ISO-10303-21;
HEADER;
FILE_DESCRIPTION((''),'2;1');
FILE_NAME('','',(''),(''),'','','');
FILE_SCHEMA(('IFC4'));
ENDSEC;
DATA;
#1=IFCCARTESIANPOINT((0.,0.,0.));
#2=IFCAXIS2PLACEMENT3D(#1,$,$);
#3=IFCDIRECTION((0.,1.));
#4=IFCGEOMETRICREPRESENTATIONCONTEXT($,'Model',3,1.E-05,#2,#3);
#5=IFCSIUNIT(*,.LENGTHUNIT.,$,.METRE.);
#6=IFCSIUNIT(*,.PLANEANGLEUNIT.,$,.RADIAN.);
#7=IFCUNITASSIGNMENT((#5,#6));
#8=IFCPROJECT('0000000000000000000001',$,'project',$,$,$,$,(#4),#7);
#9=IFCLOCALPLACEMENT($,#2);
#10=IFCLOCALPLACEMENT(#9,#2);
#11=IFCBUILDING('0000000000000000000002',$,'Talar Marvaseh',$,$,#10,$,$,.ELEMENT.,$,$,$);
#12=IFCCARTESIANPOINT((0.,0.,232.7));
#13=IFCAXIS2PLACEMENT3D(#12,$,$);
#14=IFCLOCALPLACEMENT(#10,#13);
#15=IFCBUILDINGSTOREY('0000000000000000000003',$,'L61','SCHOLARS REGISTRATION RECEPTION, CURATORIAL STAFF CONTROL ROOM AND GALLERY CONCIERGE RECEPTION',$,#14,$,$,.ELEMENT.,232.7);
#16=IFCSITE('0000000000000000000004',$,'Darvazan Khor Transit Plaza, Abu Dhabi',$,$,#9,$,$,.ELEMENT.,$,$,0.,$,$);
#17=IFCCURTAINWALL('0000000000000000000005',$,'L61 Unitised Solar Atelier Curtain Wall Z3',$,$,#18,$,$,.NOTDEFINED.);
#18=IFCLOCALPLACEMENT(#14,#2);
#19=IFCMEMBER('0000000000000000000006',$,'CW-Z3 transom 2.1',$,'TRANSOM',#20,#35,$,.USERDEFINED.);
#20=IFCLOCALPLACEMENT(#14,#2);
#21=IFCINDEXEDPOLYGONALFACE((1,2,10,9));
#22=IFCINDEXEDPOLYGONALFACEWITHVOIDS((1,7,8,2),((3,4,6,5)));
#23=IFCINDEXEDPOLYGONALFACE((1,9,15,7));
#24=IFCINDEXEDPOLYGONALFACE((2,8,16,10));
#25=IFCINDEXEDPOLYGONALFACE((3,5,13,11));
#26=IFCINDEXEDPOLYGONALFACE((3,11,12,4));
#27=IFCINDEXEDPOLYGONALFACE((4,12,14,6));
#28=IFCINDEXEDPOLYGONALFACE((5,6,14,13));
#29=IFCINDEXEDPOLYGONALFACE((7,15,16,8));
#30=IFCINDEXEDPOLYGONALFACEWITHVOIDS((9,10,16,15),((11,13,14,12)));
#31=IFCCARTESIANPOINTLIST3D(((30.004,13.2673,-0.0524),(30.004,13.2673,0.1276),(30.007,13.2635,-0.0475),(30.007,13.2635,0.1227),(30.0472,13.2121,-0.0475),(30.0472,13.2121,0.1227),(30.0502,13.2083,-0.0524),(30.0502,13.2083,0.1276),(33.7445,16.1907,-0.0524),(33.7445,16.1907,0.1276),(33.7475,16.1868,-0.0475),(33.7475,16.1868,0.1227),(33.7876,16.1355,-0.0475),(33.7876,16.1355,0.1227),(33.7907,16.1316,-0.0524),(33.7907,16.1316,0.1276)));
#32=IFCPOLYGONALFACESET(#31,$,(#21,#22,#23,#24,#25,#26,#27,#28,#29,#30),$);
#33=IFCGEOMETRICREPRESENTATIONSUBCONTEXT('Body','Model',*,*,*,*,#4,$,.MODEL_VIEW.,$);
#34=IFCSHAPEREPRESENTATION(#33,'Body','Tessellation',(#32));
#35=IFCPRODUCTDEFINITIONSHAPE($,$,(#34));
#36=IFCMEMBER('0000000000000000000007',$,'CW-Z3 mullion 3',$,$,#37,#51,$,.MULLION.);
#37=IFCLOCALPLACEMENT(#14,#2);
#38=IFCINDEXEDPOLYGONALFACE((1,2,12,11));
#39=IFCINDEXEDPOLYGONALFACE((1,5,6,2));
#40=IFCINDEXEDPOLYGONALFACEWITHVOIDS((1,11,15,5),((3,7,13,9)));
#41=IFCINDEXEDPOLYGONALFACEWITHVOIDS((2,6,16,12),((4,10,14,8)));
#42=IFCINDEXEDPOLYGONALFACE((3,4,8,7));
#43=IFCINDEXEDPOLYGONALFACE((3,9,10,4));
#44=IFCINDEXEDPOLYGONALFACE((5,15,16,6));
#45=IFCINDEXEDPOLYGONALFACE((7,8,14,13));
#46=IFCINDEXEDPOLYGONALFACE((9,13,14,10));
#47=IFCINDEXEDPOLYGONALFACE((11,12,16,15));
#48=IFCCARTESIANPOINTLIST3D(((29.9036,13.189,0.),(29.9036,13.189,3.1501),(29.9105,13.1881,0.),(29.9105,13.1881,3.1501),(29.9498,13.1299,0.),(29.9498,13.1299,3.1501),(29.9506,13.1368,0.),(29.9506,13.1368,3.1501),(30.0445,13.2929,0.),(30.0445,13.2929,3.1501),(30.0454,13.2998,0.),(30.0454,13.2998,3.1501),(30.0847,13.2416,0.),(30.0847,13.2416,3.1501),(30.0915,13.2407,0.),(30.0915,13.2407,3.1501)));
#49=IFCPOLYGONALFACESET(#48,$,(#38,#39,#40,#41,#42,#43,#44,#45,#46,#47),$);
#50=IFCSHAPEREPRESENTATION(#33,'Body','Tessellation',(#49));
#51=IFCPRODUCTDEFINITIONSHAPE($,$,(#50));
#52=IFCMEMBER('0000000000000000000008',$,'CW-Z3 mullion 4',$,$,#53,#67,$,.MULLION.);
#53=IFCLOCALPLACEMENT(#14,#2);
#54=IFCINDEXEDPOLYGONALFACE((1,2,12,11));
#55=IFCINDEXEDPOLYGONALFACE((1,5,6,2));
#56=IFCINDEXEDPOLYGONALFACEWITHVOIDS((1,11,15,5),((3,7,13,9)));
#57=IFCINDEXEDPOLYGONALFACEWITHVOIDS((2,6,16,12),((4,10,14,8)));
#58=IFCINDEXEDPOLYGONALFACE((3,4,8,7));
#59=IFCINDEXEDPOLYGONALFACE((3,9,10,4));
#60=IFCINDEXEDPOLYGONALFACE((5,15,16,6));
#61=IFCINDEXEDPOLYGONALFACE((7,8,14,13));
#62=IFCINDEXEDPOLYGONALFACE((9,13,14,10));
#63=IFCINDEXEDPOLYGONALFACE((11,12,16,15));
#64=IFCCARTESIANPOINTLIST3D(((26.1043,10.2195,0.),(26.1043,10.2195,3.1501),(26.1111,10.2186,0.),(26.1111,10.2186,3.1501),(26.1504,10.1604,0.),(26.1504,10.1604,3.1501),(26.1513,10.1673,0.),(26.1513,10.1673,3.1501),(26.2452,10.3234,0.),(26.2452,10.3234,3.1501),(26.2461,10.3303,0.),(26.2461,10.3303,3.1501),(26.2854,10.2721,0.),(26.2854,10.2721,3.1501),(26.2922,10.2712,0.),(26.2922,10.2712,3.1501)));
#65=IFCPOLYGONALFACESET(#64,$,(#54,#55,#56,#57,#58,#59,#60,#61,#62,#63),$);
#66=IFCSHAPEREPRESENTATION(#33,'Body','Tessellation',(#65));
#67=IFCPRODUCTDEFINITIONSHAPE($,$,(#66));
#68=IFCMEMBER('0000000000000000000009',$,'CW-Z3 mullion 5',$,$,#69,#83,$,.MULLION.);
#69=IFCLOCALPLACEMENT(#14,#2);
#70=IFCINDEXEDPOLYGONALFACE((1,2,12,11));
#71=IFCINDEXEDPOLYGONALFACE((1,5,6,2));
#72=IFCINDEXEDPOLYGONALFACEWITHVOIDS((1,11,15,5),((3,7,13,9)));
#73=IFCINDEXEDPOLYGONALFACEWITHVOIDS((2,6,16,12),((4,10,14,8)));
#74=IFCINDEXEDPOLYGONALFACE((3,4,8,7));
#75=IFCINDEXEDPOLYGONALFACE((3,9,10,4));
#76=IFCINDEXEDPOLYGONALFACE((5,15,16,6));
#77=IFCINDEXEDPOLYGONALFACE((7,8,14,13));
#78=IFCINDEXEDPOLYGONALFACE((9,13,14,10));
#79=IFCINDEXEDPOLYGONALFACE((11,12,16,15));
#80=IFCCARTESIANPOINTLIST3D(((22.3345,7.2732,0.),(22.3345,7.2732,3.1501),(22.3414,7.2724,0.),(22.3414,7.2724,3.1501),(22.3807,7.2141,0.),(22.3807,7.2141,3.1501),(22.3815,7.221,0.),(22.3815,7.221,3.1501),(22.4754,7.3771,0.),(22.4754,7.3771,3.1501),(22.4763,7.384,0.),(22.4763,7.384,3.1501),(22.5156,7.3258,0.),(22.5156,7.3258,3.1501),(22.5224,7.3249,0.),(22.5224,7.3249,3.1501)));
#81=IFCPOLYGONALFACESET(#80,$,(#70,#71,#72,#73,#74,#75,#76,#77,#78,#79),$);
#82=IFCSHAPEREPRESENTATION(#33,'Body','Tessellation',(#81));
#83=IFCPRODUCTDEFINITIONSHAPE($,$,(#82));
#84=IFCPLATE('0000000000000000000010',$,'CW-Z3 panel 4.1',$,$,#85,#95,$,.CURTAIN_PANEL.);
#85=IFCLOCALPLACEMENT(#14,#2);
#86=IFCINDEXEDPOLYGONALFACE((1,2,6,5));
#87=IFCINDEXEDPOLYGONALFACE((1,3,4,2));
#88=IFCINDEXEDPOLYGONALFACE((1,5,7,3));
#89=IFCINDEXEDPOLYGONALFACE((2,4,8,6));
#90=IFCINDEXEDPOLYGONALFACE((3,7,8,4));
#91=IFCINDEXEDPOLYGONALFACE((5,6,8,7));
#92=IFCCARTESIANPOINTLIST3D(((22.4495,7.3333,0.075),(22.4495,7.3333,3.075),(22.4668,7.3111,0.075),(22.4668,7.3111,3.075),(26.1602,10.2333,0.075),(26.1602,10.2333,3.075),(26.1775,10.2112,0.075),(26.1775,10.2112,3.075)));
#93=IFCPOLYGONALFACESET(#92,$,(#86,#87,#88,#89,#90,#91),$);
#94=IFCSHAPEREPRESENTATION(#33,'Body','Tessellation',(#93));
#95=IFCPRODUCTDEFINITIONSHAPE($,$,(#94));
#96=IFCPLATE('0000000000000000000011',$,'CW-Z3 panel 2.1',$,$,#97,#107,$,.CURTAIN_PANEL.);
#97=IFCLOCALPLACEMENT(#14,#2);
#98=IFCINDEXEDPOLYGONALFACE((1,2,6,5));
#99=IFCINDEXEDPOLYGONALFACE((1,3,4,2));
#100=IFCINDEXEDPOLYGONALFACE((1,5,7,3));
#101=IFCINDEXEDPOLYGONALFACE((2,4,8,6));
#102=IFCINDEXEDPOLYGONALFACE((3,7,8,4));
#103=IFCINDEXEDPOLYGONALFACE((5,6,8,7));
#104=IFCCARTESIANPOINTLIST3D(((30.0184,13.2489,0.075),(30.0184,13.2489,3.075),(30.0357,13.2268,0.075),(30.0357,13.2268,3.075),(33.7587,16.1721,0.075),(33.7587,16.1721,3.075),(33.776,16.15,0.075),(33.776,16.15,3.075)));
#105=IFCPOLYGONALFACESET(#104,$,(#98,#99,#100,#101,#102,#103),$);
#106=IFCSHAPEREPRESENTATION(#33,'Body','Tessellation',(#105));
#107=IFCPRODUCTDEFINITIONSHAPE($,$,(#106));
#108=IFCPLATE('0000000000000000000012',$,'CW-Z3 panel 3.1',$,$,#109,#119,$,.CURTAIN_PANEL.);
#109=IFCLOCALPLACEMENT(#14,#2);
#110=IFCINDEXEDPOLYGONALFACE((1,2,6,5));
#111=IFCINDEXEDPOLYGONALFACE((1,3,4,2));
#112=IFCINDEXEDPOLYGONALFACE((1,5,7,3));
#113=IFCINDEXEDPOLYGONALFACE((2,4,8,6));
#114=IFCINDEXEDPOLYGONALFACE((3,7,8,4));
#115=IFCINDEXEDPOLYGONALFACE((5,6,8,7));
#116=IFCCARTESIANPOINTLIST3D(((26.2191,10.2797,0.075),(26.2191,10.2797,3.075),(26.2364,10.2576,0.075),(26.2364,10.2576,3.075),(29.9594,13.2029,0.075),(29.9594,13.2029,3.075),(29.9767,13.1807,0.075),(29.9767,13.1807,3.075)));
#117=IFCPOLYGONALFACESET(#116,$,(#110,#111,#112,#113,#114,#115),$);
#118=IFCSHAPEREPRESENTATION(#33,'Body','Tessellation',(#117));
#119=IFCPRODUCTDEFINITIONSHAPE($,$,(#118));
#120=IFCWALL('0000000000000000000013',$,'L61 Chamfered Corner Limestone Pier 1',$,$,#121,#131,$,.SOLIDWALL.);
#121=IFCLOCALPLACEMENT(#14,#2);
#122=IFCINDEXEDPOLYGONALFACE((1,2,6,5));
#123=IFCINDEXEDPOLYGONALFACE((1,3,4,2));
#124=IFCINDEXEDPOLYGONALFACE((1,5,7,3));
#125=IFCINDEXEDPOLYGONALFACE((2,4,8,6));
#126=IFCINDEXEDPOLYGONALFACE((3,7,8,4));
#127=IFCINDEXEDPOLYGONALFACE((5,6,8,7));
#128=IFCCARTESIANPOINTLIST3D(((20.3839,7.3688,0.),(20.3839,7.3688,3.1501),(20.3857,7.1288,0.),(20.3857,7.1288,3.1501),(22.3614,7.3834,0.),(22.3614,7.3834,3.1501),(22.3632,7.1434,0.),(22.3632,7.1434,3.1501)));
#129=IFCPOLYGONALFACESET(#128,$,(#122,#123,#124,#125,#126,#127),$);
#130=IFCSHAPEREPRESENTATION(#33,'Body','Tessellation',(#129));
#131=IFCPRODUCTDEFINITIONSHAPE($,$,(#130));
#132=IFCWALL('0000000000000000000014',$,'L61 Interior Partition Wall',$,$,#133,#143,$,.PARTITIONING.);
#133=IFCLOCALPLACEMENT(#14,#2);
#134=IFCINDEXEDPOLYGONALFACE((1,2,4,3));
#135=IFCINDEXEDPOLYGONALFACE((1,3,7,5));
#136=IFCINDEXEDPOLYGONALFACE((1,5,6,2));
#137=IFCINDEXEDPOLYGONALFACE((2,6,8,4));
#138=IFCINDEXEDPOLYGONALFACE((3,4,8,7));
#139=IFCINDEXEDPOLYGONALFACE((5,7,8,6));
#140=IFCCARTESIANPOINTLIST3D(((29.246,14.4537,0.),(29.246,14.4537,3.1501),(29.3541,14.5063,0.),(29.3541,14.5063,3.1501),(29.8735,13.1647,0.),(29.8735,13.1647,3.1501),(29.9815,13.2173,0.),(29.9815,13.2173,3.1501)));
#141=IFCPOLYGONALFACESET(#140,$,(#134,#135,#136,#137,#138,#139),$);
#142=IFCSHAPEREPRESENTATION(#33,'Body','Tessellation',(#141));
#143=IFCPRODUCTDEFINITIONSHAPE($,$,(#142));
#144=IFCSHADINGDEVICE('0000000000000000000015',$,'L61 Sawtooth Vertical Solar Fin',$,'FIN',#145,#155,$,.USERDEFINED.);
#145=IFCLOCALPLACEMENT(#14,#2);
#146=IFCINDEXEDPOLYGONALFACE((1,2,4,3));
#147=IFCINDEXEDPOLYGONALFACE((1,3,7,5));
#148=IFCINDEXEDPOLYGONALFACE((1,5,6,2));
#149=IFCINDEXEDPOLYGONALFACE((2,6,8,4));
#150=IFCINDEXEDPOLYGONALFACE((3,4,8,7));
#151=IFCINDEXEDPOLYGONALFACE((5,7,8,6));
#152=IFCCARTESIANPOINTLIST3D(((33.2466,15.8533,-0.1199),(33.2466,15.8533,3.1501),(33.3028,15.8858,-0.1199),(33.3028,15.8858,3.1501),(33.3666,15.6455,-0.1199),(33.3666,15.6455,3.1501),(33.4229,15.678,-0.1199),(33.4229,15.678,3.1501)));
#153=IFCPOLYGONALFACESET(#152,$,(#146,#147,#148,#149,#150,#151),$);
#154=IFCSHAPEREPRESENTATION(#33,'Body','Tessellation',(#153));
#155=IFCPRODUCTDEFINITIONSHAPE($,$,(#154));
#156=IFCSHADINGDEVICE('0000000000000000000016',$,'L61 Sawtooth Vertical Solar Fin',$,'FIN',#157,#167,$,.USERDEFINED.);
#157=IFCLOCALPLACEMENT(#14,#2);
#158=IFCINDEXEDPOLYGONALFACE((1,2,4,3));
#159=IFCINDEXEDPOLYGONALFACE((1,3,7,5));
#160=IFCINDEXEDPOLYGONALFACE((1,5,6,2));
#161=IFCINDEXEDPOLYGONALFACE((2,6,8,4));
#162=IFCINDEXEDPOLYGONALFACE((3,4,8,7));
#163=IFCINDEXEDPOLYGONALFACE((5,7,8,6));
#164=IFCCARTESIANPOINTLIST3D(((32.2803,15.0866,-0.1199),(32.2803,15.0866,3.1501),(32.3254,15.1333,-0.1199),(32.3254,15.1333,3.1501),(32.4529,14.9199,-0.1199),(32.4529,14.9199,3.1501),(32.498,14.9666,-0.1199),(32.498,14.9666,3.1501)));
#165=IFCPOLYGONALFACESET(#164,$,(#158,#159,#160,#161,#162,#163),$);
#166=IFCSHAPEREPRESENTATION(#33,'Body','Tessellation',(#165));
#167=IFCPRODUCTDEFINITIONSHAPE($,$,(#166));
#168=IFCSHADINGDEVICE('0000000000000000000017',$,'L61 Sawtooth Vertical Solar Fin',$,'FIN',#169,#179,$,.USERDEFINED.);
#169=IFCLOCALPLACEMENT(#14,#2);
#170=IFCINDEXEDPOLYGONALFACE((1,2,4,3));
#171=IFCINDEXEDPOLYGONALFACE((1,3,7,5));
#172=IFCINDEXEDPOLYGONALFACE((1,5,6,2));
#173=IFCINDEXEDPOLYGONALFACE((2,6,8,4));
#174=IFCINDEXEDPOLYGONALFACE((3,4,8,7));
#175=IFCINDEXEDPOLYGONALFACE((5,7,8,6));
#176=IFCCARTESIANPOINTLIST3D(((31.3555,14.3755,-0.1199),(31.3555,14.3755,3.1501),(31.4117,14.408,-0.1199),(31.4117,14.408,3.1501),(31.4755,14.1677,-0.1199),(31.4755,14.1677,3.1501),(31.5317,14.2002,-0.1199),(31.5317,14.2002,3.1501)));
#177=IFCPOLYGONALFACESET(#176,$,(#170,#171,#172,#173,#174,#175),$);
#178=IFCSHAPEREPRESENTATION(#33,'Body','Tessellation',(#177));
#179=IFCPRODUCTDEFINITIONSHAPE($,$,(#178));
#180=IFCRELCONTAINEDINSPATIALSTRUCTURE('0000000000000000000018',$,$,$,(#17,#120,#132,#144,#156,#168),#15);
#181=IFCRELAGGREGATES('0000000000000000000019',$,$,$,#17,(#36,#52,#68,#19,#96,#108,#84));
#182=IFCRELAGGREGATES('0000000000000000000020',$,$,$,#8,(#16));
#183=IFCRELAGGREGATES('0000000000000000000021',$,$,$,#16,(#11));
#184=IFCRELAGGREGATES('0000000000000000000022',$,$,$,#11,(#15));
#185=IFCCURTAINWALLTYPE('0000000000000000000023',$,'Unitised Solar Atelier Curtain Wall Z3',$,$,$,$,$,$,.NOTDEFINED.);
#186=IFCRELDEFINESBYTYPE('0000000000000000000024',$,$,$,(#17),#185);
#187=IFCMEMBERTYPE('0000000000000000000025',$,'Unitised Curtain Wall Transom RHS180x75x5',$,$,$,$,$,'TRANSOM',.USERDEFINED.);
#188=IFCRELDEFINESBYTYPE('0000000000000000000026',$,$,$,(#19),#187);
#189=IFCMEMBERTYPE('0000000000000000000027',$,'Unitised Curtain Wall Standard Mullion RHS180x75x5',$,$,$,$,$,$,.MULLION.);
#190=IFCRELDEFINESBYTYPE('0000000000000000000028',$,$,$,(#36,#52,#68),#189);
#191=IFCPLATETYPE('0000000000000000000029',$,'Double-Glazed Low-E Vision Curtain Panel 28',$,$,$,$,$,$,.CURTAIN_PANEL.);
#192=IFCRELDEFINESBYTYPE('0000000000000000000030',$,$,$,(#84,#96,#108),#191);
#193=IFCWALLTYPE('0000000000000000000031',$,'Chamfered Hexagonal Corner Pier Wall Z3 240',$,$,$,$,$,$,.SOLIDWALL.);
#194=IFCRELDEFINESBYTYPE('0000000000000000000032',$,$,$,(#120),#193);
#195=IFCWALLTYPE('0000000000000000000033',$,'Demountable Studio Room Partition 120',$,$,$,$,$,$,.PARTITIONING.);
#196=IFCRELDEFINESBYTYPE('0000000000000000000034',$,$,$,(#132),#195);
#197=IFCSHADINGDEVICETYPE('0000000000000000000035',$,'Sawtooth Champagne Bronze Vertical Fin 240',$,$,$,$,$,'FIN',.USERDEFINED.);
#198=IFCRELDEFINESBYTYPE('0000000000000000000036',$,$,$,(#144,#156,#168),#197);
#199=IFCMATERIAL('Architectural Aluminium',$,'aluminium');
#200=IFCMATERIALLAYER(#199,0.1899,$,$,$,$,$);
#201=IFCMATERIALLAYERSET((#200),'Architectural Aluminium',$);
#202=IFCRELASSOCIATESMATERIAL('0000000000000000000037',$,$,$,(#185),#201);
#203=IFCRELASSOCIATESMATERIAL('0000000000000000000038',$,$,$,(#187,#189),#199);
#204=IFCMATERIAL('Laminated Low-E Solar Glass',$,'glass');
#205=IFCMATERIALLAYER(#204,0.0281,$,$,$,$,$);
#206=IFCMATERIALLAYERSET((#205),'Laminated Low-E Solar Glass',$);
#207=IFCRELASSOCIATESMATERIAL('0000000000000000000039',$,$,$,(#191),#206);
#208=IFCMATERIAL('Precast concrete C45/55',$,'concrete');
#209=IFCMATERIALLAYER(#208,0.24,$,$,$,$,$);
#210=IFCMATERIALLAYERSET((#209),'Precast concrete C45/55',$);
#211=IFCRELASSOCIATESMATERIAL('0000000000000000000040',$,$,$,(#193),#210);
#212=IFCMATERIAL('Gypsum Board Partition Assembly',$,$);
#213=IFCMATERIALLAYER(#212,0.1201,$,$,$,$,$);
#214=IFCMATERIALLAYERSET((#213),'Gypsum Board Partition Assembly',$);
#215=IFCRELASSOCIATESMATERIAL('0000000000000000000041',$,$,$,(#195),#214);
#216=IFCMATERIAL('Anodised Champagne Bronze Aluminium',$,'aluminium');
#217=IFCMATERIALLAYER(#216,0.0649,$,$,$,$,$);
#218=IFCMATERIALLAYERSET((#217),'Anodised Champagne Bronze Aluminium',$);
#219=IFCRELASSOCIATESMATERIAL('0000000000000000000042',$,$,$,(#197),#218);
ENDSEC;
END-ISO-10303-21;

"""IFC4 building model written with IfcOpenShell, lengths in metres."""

from ifc_helpers import new_model, si_unit, direction, frame, frame_2d, origin, origin_2d, place, context, subcontext, project, spatial, rectangle, hollow_rectangle, extrude, source, transform, mapped, material, layer, layer_set, material_profile, profile_set, type_object, type_shapes, element, aggregate, save


model = new_model("IFC4")

# Units and contexts
model_context = context("Model", 3, precision=1e-05, world=origin(), true_north=direction((0.0, 1.0)))
body_context = subcontext(model_context, "Body", "Model", "MODEL_VIEW")
ifc_project = project(units=[si_unit("LENGTHUNIT", "METRE"), si_unit("PLANEANGLEUNIT", "RADIAN")], contexts=[model_context])

# Site, building, storey
site_placement = place(None, origin())
site = spatial("IfcSite", under=ifc_project, at=site_placement, Name="Darvazan Khor Transit Plaza, Abu Dhabi", CompositionType="ELEMENT", RefElevation=0.0)
building_placement = place(site_placement, origin())
building = spatial("IfcBuilding", under=site, at=building_placement, Name="Talar Marvaseh", CompositionType="ELEMENT")
storey_placement = place(building_placement, frame((0.0, 0.0, 232.7)))
storey = spatial("IfcBuildingStorey", under=building, at=storey_placement, Name="L61", Description="SCHOLARS REGISTRATION RECEPTION, CURATORIAL STAFF CONTROL ROOM AND GALLERY CONCIERGE RECEPTION", CompositionType="ELEMENT", Elevation=232.7)

# Curtain wall, members, plates
ifc_material_1 = material(Name="Architectural Aluminium", Category="aluminium")
ifc_layer_1 = layer(ifc_material_1, 0.1899)
ifc_layer_set_1 = layer_set([ifc_layer_1], Name="Architectural Aluminium")
curtain_wall_type = type_object("IfcCurtainWallType", Name="Unitised Solar Atelier Curtain Wall Z3", PredefinedType="NOTDEFINED", material=ifc_layer_set_1)
curtain_wall_placement = place(storey_placement, origin())
curtain_wall = element("IfcCurtainWall", 1, at=curtain_wall_placement, inside=storey, type_object=curtain_wall_type, Name="L61 Unitised Solar Atelier Curtain Wall Z3", PredefinedType="NOTDEFINED")
ifc_material_profile_1 = material_profile(ifc_material_1, hollow_rectangle(XDim=0.075, YDim=0.1799, WallThickness=0.0049, at=origin_2d()), Name="RHS180x75x5")
ifc_profile_set_1 = profile_set([ifc_material_profile_1], Name="Architectural Aluminium")
member_type_1 = type_object("IfcMemberType", Name="Unitised Curtain Wall Transom RHS180x75x5", ElementType="TRANSOM", PredefinedType="USERDEFINED", material=ifc_profile_set_1)
shared_shape_1 = source(origin(), body_context, "Body", "SweptSolid", [
    extrude(hollow_rectangle(XDim=0.075, YDim=0.1799, WallThickness=0.0049, at=origin_2d()), origin(), (0.0, 0.0, 1.0), 4.7473),
])
member_1_placement = place(storey_placement, frame((33.7676, 16.1611, 0.0376), z_axis=(-0.787913, -0.615787, 0.0), x_axis=(0.615787, -0.787913, 0.0)))
member_1 = element("IfcMember", 2, at=member_1_placement, type_object=member_type_1, Name="CW-Z3 transom 2.1", ObjectType="TRANSOM", PredefinedType="USERDEFINED", context=body_context, shape_type="MappedRepresentation", body=[
    mapped(shared_shape_1, transform((0.0, 0.0, 0.0), x_axis=(1.0, 0.0, 0.0), y_axis=(0.0, 1.0, 0.0), z_axis=(0.0, 0.0, 1.0), scale=1.0)),
])
ifc_material_profile_2 = material_profile(ifc_material_1, hollow_rectangle(XDim=0.075, YDim=0.1799, WallThickness=0.0049, at=origin_2d()), Name="RHS180x75x5")
ifc_profile_set_2 = profile_set([ifc_material_profile_2], Name="Architectural Aluminium")
member_type_2 = type_object("IfcMemberType", Name="Unitised Curtain Wall Standard Mullion RHS180x75x5", PredefinedType="MULLION", material=ifc_profile_set_2)
shared_shape_2 = source(origin(), body_context, "Body", "SweptSolid", [
    extrude(hollow_rectangle(XDim=0.075, YDim=0.1799, WallThickness=0.0049, at=origin_2d()), origin(), (0.0, 0.0, 1.0), 3.1501),
])
type_shapes(member_type_2, [shared_shape_2])
member_2_placement = place(storey_placement, frame((29.9976, 13.2148, 0.0), z_axis=(0.0, 0.0, 1.0), x_axis=(0.615784, -0.787915, 0.0)))
member_2 = element("IfcMember", 3, at=member_2_placement, type_object=member_type_2, Name="CW-Z3 mullion 3", PredefinedType="MULLION", context=body_context, shape_type="MappedRepresentation", body=[
    mapped(shared_shape_2, transform((0.0, 0.0, 0.0), x_axis=(1.0, 0.0, 0.0), y_axis=(0.0, 1.0, 0.0), z_axis=(0.0, 0.0, 1.0), scale=1.0)),
])
member_3_placement = place(storey_placement, frame((26.1982, 10.2454, 0.0), z_axis=(0.0, 0.0, 1.0), x_axis=(0.615784, -0.787915, 0.0)))
member_3 = element("IfcMember", 4, at=member_3_placement, type_object=member_type_2, Name="CW-Z3 mullion 4", PredefinedType="MULLION", context=body_context, shape_type="MappedRepresentation", body=[
    mapped(shared_shape_2, transform((0.0, 0.0, 0.0), x_axis=(1.0, 0.0, 0.0), y_axis=(0.0, 1.0, 0.0), z_axis=(0.0, 0.0, 1.0), scale=1.0)),
])
member_4_placement = place(storey_placement, frame((22.4285, 7.2991, 0.0), z_axis=(0.0, 0.0, 1.0), x_axis=(0.615784, -0.787915, 0.0)))
member_4 = element("IfcMember", 5, at=member_4_placement, type_object=member_type_2, Name="CW-Z3 mullion 5", PredefinedType="MULLION", context=body_context, shape_type="MappedRepresentation", body=[
    mapped(shared_shape_2, transform((0.0, 0.0, 0.0), x_axis=(1.0, 0.0, 0.0), y_axis=(0.0, 1.0, 0.0), z_axis=(0.0, 0.0, 1.0), scale=1.0)),
])
ifc_material_2 = material(Name="Laminated Low-E Solar Glass", Category="glass")
ifc_layer_2 = layer(ifc_material_2, 0.0281)
ifc_layer_set_2 = layer_set([ifc_layer_2], Name="Laminated Low-E Solar Glass")
plate_type = type_object("IfcPlateType", Name="Double-Glazed Low-E Vision Curtain Panel 28", PredefinedType="CURTAIN_PANEL", material=ifc_layer_set_2)
shared_shape_3 = source(origin(), body_context, "Body", "SweptSolid", [
    extrude(rectangle(XDim=4.7095, YDim=0.0281, at=origin_2d()), origin(), (0.0, 0.0, 1.0), 3.0),
])
plate_1_placement = place(storey_placement, frame((24.3135, 8.7722, 0.075), z_axis=(0.0, 0.0, 1.0), x_axis=(-0.787915, -0.615784, 0.0)))
plate_1 = element("IfcPlate", 6, at=plate_1_placement, type_object=plate_type, Name="CW-Z3 panel 4.1", PredefinedType="CURTAIN_PANEL", context=body_context, shape_type="MappedRepresentation", body=[
    mapped(shared_shape_3, transform((0.0, 0.0, 0.0), x_axis=(1.0, 0.0, 0.0), y_axis=(0.0, 1.0, 0.0), z_axis=(0.0, 0.0, 1.0), scale=1.0)),
])
shared_shape_4 = source(origin(), body_context, "Body", "SweptSolid", [
    extrude(rectangle(XDim=4.7471, YDim=0.0281, at=origin_2d()), origin(), (0.0, 0.0, 1.0), 3.0),
])
type_shapes(plate_type, [shared_shape_3, shared_shape_4])
plate_2_placement = place(storey_placement, frame((31.8972, 14.6995, 0.075), z_axis=(0.0, 0.0, 1.0), x_axis=(-0.787915, -0.615784, 0.0)))
plate_2 = element("IfcPlate", 7, at=plate_2_placement, type_object=plate_type, Name="CW-Z3 panel 2.1", PredefinedType="CURTAIN_PANEL", context=body_context, shape_type="MappedRepresentation", body=[
    mapped(shared_shape_4, transform((0.0, 0.0, 0.0), x_axis=(1.0, 0.0, 0.0), y_axis=(0.0, 1.0, 0.0), z_axis=(0.0, 0.0, 1.0), scale=1.0)),
])
plate_3_placement = place(storey_placement, frame((28.0979, 11.7302, 0.075), z_axis=(0.0, 0.0, 1.0), x_axis=(-0.787915, -0.615784, 0.0)))
plate_3 = element("IfcPlate", 8, at=plate_3_placement, type_object=plate_type, Name="CW-Z3 panel 3.1", PredefinedType="CURTAIN_PANEL", context=body_context, shape_type="MappedRepresentation", body=[
    mapped(shared_shape_4, transform((0.0, 0.0, 0.0), x_axis=(1.0, 0.0, 0.0), y_axis=(0.0, 1.0, 0.0), z_axis=(0.0, 0.0, 1.0), scale=1.0)),
])
aggregate(curtain_wall, [member_2, member_3, member_4, member_1, plate_2, plate_3, plate_1])

# Walls
ifc_material_3 = material(Name="Precast concrete C45/55", Category="concrete")
ifc_layer_3 = layer(ifc_material_3, 0.24)
ifc_layer_set_3 = layer_set([ifc_layer_3], Name="Precast concrete C45/55")
wall_type_1 = type_object("IfcWallType", Name="Chamfered Hexagonal Corner Pier Wall Z3 240", PredefinedType="SOLIDWALL", material=ifc_layer_set_3)
wall_1_placement = place(storey_placement, frame((22.3623, 7.2634, 0.0), z_axis=(0.0, 0.0, 1.0), x_axis=(-0.999973, -0.007407, 0.0)))
element("IfcWall", 9, at=wall_1_placement, inside=storey, type_object=wall_type_1, Name="L61 Chamfered Corner Limestone Pier 1", PredefinedType="SOLIDWALL", context=body_context, shape_type="SweptSolid", body=[
    extrude(rectangle(XDim=1.9775, YDim=0.24, at=frame_2d((0.9888, 0.0))), origin(), (0.0, 0.0, 1.0), 3.1501),
])
ifc_material_4 = material(Name="Gypsum Board Partition Assembly")
ifc_layer_4 = layer(ifc_material_4, 0.1201)
ifc_layer_set_4 = layer_set([ifc_layer_4], Name="Gypsum Board Partition Assembly")
wall_type_2 = type_object("IfcWallType", Name="Demountable Studio Room Partition 120", PredefinedType="PARTITIONING", material=ifc_layer_set_4)
wall_2_placement = place(storey_placement, frame((29.3, 14.48, 0.0), z_axis=(0.0, 0.0, 1.0), x_axis=(0.437652, -0.899145, 0.0)))
element("IfcWall", 10, at=wall_2_placement, inside=storey, type_object=wall_type_2, Name="L61 Interior Partition Wall", PredefinedType="PARTITIONING", context=body_context, shape_type="SweptSolid", body=[
    extrude(rectangle(XDim=1.4336, YDim=0.1201, at=frame_2d((0.7168, 0.0))), origin(), (0.0, 0.0, 1.0), 3.1501),
])

# Shading devices
ifc_material_5 = material(Name="Anodised Champagne Bronze Aluminium", Category="aluminium")
ifc_layer_5 = layer(ifc_material_5, 0.0649)
ifc_layer_set_5 = layer_set([ifc_layer_5], Name="Anodised Champagne Bronze Aluminium")
shading_device_type = type_object("IfcShadingDeviceType", Name="Sawtooth Champagne Bronze Vertical Fin 240", ElementType="FIN", PredefinedType="USERDEFINED", material=ifc_layer_set_5)
shared_shape_5 = source(origin(), body_context, "Body", "SweptSolid", [
    extrude(rectangle(XDim=0.24, YDim=0.0649, at=origin_2d()), origin(), (0.0, 0.0, 1.0), 3.27),
])
type_shapes(shading_device_type, [shared_shape_5])
for number, where, z_axis, x_axis, name in (
    (11, (33.3347, 15.7656, -0.1199), (0.0, 0.0, 1.0), (0.500151, -0.865938, 0.0), "L61 Sawtooth Vertical Solar Fin"),
    (12, (32.3892, 15.0266, -0.1199), (0.0, 0.0, 1.0), (0.719461, -0.694533, 0.0), "L61 Sawtooth Vertical Solar Fin"),
    (13, (31.4436, 14.2878, -0.1199), (0.0, 0.0, 1.0), (0.500151, -0.865938, 0.0), "L61 Sawtooth Vertical Solar Fin"),
):
    element("IfcShadingDevice", number, at=place(storey_placement, frame(where, z_axis=z_axis, x_axis=x_axis)), inside=storey, type_object=shading_device_type, Name=name, ObjectType="FIN", PredefinedType="USERDEFINED", context=body_context, shape_type="MappedRepresentation", body=[
        mapped(shared_shape_5, transform((0.0, 0.0, 0.0), x_axis=(1.0, 0.0, 0.0), y_axis=(0.0, 1.0, 0.0), z_axis=(0.0, 0.0, 1.0), scale=1.0)),
    ])

save(model, "model.ifc")
